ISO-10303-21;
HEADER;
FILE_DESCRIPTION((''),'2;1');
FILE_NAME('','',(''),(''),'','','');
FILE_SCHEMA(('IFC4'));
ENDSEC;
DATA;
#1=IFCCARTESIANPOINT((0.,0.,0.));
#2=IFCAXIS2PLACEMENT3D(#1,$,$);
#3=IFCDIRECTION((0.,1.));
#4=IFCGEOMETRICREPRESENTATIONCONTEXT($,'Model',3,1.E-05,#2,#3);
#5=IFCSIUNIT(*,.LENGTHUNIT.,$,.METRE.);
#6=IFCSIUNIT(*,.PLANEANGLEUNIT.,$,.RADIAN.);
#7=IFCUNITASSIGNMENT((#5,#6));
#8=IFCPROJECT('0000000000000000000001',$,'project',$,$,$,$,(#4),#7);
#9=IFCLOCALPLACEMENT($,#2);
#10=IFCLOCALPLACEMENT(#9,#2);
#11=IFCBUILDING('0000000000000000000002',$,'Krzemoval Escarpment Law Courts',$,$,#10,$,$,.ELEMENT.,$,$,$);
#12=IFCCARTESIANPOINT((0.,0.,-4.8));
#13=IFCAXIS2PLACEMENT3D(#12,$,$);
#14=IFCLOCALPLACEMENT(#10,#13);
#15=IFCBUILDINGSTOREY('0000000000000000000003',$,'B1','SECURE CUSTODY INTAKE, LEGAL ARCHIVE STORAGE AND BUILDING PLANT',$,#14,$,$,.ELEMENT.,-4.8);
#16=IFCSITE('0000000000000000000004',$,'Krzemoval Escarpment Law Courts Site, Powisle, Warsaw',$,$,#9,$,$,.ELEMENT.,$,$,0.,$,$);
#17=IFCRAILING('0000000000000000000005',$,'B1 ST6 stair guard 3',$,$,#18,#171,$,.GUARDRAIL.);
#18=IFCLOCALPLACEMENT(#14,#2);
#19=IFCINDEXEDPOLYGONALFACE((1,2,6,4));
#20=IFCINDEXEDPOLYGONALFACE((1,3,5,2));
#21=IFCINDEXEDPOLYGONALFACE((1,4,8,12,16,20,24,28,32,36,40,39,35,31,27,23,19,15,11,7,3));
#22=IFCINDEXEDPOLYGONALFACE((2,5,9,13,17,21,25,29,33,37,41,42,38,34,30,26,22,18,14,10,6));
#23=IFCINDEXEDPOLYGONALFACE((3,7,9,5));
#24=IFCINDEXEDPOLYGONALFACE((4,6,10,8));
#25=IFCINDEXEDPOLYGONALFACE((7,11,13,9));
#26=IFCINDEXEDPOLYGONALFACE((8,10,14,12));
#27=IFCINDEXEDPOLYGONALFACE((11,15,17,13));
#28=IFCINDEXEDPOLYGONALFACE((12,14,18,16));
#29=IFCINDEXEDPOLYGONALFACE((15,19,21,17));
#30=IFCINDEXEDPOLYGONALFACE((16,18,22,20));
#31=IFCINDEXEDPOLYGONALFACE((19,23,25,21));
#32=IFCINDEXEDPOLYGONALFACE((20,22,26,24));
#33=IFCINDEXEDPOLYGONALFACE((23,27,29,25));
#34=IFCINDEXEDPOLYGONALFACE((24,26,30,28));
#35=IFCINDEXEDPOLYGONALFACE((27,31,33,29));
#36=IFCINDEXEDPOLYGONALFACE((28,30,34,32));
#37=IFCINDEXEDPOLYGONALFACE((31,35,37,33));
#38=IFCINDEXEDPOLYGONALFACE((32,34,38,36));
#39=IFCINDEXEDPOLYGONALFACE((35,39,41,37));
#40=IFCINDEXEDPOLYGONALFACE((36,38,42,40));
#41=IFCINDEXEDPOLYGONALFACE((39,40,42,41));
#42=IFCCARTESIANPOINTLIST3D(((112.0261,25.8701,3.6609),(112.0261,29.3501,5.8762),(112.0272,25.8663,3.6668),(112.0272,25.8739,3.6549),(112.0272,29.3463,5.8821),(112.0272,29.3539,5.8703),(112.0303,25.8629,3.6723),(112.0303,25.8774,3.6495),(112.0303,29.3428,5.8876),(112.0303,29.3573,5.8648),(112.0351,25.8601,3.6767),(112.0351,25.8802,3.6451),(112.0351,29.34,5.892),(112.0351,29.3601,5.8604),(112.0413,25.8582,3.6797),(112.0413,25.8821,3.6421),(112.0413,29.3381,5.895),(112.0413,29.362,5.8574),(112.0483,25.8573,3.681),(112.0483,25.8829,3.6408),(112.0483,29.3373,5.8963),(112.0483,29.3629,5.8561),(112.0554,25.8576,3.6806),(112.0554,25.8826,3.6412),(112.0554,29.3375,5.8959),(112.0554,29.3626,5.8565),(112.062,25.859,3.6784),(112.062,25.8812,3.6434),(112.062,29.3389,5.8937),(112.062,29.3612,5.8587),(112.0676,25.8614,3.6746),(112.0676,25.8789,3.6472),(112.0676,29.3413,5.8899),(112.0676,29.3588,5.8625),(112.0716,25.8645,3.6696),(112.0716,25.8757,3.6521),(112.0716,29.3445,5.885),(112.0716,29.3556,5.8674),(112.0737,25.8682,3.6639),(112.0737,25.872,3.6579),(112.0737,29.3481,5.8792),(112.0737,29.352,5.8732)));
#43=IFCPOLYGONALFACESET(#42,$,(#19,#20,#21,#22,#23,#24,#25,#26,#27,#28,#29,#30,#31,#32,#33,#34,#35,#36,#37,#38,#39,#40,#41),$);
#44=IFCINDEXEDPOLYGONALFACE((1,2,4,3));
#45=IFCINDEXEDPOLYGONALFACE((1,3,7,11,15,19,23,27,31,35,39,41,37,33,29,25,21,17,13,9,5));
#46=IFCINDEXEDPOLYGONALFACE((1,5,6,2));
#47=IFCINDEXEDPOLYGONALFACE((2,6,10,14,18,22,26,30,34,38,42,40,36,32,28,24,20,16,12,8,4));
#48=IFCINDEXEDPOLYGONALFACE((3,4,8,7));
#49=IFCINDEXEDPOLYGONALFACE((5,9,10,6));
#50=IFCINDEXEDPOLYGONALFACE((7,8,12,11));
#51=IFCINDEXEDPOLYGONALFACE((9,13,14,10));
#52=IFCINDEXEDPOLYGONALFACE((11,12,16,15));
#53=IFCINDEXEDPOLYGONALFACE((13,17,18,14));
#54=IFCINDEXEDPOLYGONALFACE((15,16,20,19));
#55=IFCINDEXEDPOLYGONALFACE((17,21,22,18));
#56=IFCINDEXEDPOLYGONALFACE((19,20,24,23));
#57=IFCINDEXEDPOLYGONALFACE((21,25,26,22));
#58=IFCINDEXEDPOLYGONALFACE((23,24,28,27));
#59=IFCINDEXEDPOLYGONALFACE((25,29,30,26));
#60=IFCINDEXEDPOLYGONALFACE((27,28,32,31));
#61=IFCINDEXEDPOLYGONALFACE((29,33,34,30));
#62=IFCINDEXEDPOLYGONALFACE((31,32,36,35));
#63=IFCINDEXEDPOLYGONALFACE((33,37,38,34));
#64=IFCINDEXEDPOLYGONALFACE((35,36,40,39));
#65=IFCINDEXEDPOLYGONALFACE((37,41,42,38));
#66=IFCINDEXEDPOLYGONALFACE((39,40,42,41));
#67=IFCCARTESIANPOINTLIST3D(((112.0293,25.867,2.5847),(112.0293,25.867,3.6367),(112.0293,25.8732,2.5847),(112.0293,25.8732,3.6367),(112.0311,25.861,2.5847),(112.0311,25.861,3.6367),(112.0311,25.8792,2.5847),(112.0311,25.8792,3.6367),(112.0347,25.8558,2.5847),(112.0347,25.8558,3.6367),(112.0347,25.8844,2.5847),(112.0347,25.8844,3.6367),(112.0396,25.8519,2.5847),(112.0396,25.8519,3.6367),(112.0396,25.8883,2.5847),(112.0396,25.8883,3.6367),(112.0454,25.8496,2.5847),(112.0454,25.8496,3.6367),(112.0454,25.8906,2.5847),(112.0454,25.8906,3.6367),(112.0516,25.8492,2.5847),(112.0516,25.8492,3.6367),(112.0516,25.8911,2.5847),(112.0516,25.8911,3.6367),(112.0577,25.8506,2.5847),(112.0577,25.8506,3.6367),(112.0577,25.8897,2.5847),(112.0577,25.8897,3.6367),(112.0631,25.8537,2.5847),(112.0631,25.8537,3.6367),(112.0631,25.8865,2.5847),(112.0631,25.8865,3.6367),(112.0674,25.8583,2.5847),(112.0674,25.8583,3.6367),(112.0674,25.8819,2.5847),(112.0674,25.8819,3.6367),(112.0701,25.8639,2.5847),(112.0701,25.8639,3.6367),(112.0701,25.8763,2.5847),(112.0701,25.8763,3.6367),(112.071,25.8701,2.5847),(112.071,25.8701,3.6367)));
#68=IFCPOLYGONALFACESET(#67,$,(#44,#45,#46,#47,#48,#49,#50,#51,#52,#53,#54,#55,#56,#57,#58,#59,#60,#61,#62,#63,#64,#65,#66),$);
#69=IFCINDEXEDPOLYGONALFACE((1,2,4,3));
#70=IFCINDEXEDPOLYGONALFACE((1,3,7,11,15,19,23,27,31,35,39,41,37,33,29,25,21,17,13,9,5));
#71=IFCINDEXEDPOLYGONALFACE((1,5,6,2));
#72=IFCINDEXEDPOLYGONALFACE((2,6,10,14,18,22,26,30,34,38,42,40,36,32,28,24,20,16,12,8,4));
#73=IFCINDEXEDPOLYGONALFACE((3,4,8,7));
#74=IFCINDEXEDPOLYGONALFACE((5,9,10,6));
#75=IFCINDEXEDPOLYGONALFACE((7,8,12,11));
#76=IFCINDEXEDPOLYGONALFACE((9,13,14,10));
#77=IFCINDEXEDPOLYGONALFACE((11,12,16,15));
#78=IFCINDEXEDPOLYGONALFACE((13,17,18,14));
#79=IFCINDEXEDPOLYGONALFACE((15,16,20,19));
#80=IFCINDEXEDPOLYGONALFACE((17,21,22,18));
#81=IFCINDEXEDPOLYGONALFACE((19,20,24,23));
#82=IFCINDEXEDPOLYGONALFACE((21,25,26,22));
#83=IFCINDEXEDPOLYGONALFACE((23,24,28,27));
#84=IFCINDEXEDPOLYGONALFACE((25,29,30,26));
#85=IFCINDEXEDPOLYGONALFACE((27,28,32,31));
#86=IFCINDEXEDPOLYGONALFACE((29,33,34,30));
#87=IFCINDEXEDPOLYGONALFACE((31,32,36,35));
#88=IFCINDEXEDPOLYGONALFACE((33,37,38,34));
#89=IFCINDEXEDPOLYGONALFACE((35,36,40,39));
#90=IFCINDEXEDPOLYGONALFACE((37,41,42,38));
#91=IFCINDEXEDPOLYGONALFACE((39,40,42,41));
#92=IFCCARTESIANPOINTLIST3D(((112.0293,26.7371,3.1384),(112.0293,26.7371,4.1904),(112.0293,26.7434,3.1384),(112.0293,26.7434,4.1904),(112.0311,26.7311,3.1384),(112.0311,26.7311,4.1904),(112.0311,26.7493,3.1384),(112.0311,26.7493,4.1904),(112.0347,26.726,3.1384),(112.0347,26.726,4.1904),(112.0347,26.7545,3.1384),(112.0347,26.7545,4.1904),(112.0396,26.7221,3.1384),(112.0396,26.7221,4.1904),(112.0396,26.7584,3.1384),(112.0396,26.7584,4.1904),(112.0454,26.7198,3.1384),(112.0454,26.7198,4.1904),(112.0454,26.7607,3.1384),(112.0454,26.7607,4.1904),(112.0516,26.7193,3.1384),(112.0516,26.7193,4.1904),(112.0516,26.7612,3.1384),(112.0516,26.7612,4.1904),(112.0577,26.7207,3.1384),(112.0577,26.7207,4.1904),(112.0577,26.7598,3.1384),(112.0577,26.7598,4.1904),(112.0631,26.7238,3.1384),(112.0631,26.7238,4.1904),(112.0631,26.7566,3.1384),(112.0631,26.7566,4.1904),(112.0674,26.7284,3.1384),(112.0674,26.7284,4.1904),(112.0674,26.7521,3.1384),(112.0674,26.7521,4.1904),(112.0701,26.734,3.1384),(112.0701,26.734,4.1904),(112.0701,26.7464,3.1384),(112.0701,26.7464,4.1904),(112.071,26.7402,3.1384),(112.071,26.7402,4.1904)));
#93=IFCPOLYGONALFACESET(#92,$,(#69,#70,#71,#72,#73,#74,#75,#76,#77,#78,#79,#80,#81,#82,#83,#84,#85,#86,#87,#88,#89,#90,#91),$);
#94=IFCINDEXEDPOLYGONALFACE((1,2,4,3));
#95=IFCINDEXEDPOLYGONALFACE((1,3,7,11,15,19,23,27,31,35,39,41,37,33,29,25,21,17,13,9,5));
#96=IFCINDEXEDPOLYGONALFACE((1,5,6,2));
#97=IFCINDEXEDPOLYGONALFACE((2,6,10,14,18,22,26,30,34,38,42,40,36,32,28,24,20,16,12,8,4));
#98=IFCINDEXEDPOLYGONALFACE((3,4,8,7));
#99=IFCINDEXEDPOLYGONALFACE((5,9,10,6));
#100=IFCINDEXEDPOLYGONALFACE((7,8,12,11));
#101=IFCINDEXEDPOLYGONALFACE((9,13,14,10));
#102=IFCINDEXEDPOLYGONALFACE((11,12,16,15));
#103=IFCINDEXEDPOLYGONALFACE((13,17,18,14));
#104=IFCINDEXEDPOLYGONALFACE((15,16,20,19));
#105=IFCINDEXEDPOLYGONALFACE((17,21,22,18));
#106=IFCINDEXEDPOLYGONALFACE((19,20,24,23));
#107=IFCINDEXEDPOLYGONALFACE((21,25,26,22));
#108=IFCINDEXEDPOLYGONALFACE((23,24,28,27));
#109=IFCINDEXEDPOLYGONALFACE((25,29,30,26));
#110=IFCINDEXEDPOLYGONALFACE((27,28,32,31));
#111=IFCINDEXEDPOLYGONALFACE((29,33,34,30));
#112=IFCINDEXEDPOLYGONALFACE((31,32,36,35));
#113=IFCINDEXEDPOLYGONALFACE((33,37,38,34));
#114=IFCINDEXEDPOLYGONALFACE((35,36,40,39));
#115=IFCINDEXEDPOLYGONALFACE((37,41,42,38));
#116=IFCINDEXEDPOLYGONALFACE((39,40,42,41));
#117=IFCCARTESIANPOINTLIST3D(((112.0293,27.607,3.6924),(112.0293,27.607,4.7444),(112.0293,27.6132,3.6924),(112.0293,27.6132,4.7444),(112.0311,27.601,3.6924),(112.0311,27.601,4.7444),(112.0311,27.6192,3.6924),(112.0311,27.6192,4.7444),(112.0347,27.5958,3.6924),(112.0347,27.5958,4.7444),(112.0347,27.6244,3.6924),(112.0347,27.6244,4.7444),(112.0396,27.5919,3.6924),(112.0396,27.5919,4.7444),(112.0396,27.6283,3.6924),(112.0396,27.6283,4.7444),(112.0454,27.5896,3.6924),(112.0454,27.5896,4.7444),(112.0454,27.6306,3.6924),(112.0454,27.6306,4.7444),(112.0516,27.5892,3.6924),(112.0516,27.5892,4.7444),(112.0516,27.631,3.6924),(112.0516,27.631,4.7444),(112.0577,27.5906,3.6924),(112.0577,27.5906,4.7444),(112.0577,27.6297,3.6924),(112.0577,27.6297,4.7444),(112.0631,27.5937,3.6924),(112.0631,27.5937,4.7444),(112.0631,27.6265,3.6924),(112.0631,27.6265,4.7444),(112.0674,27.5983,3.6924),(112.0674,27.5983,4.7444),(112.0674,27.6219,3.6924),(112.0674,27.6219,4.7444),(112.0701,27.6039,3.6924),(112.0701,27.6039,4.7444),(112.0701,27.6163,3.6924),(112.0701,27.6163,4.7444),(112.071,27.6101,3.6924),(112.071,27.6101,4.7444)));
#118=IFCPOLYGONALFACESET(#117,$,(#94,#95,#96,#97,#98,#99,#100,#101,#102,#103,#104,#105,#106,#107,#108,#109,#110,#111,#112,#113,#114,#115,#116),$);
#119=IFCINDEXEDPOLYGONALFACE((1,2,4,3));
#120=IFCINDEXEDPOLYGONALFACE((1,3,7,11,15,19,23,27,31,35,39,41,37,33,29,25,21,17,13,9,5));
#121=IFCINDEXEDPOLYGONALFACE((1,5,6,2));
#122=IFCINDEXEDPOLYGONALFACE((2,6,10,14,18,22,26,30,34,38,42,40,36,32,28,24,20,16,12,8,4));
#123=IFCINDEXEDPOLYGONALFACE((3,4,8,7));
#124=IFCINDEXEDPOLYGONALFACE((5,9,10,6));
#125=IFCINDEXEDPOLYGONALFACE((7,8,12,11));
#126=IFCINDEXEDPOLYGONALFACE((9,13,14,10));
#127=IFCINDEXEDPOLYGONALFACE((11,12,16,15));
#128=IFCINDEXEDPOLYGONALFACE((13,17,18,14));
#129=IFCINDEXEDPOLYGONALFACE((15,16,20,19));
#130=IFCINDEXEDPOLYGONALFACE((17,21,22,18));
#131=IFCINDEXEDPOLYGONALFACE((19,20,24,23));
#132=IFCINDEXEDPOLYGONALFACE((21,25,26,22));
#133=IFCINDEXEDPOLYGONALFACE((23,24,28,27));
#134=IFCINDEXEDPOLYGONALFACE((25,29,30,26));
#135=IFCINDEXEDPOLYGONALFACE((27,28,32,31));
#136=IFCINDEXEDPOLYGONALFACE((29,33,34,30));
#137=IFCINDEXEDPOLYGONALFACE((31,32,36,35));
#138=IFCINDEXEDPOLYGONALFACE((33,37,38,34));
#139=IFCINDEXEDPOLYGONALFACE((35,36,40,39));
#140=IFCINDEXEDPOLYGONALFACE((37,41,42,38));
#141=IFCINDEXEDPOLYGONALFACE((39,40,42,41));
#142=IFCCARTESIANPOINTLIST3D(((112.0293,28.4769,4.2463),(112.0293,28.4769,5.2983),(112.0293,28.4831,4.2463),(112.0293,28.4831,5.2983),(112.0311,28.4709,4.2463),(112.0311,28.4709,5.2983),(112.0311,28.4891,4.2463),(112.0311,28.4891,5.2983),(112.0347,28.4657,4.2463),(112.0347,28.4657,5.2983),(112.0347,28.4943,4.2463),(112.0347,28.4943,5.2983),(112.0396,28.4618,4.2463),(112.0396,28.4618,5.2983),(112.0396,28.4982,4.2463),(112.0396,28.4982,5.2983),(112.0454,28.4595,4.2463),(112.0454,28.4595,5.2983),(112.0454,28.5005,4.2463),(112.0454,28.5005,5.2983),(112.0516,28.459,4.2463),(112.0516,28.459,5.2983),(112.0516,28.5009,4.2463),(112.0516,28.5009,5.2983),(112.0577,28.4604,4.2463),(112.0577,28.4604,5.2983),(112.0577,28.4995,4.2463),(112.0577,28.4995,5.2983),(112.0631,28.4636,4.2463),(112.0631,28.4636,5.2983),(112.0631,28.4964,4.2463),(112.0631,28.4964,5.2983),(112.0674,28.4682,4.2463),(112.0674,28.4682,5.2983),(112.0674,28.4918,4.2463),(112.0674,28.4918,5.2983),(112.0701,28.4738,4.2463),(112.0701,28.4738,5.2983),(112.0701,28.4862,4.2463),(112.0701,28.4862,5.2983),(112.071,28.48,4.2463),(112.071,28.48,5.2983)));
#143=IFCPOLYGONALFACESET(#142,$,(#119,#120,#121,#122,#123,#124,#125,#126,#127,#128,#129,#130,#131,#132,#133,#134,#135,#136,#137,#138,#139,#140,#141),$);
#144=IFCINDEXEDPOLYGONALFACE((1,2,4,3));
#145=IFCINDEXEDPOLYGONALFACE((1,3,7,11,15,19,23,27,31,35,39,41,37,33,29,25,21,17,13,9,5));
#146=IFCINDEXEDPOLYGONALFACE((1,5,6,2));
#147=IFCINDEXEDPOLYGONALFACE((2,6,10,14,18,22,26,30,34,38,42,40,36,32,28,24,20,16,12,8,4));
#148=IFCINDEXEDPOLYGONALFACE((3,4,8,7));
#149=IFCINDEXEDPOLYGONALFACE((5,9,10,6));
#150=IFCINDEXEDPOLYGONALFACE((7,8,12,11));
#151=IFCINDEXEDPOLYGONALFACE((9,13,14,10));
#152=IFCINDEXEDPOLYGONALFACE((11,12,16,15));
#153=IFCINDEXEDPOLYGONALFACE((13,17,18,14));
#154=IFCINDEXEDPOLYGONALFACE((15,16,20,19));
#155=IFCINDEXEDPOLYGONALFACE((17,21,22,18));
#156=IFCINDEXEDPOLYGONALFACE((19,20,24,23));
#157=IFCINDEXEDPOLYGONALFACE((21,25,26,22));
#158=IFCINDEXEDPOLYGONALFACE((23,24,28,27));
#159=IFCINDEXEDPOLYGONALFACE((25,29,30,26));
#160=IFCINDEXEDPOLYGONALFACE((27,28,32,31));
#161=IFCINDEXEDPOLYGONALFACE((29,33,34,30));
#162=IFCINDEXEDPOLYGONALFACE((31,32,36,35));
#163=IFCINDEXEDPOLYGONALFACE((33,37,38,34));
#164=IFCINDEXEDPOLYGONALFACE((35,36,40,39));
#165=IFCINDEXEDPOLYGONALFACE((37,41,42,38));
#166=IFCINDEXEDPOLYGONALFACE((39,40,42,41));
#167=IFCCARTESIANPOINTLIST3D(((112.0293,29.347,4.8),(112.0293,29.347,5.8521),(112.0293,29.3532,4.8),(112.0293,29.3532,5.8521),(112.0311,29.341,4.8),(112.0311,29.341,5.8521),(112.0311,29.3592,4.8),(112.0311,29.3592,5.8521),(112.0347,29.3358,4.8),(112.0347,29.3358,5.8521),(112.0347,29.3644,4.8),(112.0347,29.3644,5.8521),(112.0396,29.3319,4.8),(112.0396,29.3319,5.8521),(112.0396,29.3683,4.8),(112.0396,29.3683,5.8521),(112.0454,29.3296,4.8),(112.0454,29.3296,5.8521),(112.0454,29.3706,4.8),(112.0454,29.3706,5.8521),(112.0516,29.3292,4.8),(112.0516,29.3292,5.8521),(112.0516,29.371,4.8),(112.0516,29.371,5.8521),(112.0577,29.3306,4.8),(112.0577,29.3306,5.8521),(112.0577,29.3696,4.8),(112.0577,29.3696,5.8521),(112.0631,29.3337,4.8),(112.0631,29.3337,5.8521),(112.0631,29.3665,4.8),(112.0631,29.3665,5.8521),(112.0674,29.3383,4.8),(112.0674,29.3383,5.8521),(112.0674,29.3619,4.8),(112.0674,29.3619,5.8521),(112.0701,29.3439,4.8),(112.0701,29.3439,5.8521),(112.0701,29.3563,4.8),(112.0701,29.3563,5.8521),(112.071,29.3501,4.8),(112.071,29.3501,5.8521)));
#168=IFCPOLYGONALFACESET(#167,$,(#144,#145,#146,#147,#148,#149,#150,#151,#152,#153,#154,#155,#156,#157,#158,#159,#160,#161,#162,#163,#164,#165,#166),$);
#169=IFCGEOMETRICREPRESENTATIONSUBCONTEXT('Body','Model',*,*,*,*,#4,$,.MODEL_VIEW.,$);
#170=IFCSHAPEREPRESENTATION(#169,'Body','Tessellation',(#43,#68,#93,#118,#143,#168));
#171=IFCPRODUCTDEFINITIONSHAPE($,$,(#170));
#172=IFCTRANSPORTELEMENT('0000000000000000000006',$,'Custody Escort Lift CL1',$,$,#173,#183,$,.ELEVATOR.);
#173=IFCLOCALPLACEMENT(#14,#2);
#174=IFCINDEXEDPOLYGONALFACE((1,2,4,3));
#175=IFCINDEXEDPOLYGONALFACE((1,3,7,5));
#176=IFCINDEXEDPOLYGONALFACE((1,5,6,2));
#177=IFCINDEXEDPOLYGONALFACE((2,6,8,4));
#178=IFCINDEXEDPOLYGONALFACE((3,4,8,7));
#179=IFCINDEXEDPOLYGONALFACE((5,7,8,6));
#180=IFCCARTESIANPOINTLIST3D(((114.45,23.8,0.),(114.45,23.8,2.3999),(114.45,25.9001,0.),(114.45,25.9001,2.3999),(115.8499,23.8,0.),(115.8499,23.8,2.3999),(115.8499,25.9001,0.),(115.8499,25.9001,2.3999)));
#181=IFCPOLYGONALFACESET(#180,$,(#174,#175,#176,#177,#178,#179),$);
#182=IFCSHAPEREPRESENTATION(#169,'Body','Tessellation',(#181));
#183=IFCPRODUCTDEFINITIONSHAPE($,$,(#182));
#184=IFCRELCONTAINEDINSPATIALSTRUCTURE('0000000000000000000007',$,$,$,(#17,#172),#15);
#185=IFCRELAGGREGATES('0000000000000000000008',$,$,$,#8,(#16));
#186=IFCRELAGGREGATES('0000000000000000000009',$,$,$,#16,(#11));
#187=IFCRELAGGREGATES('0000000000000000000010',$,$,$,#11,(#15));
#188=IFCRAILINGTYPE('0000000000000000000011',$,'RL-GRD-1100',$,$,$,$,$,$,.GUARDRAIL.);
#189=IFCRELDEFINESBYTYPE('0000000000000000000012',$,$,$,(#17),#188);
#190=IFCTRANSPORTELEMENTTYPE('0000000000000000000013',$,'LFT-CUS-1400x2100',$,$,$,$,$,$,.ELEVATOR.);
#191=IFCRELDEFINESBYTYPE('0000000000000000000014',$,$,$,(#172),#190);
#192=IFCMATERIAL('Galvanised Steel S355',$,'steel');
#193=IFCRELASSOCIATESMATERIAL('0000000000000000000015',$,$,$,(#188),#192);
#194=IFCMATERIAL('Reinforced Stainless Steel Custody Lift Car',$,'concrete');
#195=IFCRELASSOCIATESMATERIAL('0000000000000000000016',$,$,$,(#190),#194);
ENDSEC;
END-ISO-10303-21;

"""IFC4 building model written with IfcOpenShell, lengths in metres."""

from ifc_helpers import new_model, si_unit, direction, frame, origin, origin_2d, place, context, subcontext, project, spatial, rectangle, circle, extrude, material, type_object, element, save


model = new_model("IFC4")

# Units and contexts
model_context = context("Model", 3, precision=1e-05, world=origin(), true_north=direction((0.0, 1.0)))
body_context = subcontext(model_context, "Body", "Model", "MODEL_VIEW")
ifc_project = project(units=[si_unit("LENGTHUNIT", "METRE"), si_unit("PLANEANGLEUNIT", "RADIAN")], contexts=[model_context])

# Site, building, storey
site_placement = place(None, origin())
site = spatial("IfcSite", under=ifc_project, at=site_placement, Name="Krzemoval Escarpment Law Courts Site, Powisle, Warsaw", CompositionType="ELEMENT", RefElevation=0.0)
building_placement = place(site_placement, origin())
building = spatial("IfcBuilding", under=site, at=building_placement, Name="Krzemoval Escarpment Law Courts", CompositionType="ELEMENT")
storey_placement = place(building_placement, frame((0.0, 0.0, -4.8)))
storey = spatial("IfcBuildingStorey", under=building, at=storey_placement, Name="B1", Description="SECURE CUSTODY INTAKE, LEGAL ARCHIVE STORAGE AND BUILDING PLANT", CompositionType="ELEMENT", Elevation=-4.8)

# Railing
ifc_material_1 = material(Name="Galvanised Steel S355", Category="steel")
railing_type = type_object("IfcRailingType", Name="RL-GRD-1100", PredefinedType="GUARDRAIL", material=ifc_material_1)
railing_1_placement = place(storey_placement, frame((112.05, 25.8701, 2.5847)))
element("IfcRailing", 1, at=railing_1_placement, inside=storey, type_object=railing_type, Name="B1 ST6 stair guard 3", PredefinedType="GUARDRAIL", context=body_context, shape_type="SweptSolid", body=[
    extrude(circle(Radius=0.0239, at=origin_2d()), frame((0.0, 0.0, 1.0762), z_axis=(0.0, 0.843574, 0.537013), x_axis=(-1.0, 0.0, 0.0)), (0.0, 0.0, 1.0), 4.1252),
    extrude(circle(Radius=0.021, at=origin_2d()), origin(), (0.0, 0.0, 1.0), 1.052),
    extrude(circle(Radius=0.021, at=origin_2d()), frame((0.0, 0.8701, 0.5537)), (0.0, 0.0, 1.0), 1.052),
    extrude(circle(Radius=0.021, at=origin_2d()), frame((0.0, 1.74, 1.1077)), (0.0, 0.0, 1.0), 1.052),
    extrude(circle(Radius=0.021, at=origin_2d()), frame((0.0, 2.6099, 1.6616)), (0.0, 0.0, 1.0), 1.052),
    extrude(circle(Radius=0.021, at=origin_2d()), frame((0.0, 3.48, 2.2153)), (0.0, 0.0, 1.0), 1.052),
])

# Transport element
ifc_material_2 = material(Name="Reinforced Stainless Steel Custody Lift Car", Category="concrete")
transport_element_type = type_object("IfcTransportElementType", Name="LFT-CUS-1400x2100", PredefinedType="ELEVATOR", material=ifc_material_2)
transport_element_placement = place(storey_placement, frame((115.1499, 24.8501, 0.0), z_axis=(0.0, 0.0, 1.0), x_axis=(1.0, 0.0, 0.0)))
element("IfcTransportElement", 2, at=transport_element_placement, inside=storey, type_object=transport_element_type, Name="Custody Escort Lift CL1", PredefinedType="ELEVATOR", context=body_context, shape_type="SweptSolid", body=[
    extrude(rectangle(XDim=1.3999, YDim=2.1001, at=origin_2d()), origin(), (0.0, 0.0, 1.0), 2.3999),
])

save(model, "model.ifc")
